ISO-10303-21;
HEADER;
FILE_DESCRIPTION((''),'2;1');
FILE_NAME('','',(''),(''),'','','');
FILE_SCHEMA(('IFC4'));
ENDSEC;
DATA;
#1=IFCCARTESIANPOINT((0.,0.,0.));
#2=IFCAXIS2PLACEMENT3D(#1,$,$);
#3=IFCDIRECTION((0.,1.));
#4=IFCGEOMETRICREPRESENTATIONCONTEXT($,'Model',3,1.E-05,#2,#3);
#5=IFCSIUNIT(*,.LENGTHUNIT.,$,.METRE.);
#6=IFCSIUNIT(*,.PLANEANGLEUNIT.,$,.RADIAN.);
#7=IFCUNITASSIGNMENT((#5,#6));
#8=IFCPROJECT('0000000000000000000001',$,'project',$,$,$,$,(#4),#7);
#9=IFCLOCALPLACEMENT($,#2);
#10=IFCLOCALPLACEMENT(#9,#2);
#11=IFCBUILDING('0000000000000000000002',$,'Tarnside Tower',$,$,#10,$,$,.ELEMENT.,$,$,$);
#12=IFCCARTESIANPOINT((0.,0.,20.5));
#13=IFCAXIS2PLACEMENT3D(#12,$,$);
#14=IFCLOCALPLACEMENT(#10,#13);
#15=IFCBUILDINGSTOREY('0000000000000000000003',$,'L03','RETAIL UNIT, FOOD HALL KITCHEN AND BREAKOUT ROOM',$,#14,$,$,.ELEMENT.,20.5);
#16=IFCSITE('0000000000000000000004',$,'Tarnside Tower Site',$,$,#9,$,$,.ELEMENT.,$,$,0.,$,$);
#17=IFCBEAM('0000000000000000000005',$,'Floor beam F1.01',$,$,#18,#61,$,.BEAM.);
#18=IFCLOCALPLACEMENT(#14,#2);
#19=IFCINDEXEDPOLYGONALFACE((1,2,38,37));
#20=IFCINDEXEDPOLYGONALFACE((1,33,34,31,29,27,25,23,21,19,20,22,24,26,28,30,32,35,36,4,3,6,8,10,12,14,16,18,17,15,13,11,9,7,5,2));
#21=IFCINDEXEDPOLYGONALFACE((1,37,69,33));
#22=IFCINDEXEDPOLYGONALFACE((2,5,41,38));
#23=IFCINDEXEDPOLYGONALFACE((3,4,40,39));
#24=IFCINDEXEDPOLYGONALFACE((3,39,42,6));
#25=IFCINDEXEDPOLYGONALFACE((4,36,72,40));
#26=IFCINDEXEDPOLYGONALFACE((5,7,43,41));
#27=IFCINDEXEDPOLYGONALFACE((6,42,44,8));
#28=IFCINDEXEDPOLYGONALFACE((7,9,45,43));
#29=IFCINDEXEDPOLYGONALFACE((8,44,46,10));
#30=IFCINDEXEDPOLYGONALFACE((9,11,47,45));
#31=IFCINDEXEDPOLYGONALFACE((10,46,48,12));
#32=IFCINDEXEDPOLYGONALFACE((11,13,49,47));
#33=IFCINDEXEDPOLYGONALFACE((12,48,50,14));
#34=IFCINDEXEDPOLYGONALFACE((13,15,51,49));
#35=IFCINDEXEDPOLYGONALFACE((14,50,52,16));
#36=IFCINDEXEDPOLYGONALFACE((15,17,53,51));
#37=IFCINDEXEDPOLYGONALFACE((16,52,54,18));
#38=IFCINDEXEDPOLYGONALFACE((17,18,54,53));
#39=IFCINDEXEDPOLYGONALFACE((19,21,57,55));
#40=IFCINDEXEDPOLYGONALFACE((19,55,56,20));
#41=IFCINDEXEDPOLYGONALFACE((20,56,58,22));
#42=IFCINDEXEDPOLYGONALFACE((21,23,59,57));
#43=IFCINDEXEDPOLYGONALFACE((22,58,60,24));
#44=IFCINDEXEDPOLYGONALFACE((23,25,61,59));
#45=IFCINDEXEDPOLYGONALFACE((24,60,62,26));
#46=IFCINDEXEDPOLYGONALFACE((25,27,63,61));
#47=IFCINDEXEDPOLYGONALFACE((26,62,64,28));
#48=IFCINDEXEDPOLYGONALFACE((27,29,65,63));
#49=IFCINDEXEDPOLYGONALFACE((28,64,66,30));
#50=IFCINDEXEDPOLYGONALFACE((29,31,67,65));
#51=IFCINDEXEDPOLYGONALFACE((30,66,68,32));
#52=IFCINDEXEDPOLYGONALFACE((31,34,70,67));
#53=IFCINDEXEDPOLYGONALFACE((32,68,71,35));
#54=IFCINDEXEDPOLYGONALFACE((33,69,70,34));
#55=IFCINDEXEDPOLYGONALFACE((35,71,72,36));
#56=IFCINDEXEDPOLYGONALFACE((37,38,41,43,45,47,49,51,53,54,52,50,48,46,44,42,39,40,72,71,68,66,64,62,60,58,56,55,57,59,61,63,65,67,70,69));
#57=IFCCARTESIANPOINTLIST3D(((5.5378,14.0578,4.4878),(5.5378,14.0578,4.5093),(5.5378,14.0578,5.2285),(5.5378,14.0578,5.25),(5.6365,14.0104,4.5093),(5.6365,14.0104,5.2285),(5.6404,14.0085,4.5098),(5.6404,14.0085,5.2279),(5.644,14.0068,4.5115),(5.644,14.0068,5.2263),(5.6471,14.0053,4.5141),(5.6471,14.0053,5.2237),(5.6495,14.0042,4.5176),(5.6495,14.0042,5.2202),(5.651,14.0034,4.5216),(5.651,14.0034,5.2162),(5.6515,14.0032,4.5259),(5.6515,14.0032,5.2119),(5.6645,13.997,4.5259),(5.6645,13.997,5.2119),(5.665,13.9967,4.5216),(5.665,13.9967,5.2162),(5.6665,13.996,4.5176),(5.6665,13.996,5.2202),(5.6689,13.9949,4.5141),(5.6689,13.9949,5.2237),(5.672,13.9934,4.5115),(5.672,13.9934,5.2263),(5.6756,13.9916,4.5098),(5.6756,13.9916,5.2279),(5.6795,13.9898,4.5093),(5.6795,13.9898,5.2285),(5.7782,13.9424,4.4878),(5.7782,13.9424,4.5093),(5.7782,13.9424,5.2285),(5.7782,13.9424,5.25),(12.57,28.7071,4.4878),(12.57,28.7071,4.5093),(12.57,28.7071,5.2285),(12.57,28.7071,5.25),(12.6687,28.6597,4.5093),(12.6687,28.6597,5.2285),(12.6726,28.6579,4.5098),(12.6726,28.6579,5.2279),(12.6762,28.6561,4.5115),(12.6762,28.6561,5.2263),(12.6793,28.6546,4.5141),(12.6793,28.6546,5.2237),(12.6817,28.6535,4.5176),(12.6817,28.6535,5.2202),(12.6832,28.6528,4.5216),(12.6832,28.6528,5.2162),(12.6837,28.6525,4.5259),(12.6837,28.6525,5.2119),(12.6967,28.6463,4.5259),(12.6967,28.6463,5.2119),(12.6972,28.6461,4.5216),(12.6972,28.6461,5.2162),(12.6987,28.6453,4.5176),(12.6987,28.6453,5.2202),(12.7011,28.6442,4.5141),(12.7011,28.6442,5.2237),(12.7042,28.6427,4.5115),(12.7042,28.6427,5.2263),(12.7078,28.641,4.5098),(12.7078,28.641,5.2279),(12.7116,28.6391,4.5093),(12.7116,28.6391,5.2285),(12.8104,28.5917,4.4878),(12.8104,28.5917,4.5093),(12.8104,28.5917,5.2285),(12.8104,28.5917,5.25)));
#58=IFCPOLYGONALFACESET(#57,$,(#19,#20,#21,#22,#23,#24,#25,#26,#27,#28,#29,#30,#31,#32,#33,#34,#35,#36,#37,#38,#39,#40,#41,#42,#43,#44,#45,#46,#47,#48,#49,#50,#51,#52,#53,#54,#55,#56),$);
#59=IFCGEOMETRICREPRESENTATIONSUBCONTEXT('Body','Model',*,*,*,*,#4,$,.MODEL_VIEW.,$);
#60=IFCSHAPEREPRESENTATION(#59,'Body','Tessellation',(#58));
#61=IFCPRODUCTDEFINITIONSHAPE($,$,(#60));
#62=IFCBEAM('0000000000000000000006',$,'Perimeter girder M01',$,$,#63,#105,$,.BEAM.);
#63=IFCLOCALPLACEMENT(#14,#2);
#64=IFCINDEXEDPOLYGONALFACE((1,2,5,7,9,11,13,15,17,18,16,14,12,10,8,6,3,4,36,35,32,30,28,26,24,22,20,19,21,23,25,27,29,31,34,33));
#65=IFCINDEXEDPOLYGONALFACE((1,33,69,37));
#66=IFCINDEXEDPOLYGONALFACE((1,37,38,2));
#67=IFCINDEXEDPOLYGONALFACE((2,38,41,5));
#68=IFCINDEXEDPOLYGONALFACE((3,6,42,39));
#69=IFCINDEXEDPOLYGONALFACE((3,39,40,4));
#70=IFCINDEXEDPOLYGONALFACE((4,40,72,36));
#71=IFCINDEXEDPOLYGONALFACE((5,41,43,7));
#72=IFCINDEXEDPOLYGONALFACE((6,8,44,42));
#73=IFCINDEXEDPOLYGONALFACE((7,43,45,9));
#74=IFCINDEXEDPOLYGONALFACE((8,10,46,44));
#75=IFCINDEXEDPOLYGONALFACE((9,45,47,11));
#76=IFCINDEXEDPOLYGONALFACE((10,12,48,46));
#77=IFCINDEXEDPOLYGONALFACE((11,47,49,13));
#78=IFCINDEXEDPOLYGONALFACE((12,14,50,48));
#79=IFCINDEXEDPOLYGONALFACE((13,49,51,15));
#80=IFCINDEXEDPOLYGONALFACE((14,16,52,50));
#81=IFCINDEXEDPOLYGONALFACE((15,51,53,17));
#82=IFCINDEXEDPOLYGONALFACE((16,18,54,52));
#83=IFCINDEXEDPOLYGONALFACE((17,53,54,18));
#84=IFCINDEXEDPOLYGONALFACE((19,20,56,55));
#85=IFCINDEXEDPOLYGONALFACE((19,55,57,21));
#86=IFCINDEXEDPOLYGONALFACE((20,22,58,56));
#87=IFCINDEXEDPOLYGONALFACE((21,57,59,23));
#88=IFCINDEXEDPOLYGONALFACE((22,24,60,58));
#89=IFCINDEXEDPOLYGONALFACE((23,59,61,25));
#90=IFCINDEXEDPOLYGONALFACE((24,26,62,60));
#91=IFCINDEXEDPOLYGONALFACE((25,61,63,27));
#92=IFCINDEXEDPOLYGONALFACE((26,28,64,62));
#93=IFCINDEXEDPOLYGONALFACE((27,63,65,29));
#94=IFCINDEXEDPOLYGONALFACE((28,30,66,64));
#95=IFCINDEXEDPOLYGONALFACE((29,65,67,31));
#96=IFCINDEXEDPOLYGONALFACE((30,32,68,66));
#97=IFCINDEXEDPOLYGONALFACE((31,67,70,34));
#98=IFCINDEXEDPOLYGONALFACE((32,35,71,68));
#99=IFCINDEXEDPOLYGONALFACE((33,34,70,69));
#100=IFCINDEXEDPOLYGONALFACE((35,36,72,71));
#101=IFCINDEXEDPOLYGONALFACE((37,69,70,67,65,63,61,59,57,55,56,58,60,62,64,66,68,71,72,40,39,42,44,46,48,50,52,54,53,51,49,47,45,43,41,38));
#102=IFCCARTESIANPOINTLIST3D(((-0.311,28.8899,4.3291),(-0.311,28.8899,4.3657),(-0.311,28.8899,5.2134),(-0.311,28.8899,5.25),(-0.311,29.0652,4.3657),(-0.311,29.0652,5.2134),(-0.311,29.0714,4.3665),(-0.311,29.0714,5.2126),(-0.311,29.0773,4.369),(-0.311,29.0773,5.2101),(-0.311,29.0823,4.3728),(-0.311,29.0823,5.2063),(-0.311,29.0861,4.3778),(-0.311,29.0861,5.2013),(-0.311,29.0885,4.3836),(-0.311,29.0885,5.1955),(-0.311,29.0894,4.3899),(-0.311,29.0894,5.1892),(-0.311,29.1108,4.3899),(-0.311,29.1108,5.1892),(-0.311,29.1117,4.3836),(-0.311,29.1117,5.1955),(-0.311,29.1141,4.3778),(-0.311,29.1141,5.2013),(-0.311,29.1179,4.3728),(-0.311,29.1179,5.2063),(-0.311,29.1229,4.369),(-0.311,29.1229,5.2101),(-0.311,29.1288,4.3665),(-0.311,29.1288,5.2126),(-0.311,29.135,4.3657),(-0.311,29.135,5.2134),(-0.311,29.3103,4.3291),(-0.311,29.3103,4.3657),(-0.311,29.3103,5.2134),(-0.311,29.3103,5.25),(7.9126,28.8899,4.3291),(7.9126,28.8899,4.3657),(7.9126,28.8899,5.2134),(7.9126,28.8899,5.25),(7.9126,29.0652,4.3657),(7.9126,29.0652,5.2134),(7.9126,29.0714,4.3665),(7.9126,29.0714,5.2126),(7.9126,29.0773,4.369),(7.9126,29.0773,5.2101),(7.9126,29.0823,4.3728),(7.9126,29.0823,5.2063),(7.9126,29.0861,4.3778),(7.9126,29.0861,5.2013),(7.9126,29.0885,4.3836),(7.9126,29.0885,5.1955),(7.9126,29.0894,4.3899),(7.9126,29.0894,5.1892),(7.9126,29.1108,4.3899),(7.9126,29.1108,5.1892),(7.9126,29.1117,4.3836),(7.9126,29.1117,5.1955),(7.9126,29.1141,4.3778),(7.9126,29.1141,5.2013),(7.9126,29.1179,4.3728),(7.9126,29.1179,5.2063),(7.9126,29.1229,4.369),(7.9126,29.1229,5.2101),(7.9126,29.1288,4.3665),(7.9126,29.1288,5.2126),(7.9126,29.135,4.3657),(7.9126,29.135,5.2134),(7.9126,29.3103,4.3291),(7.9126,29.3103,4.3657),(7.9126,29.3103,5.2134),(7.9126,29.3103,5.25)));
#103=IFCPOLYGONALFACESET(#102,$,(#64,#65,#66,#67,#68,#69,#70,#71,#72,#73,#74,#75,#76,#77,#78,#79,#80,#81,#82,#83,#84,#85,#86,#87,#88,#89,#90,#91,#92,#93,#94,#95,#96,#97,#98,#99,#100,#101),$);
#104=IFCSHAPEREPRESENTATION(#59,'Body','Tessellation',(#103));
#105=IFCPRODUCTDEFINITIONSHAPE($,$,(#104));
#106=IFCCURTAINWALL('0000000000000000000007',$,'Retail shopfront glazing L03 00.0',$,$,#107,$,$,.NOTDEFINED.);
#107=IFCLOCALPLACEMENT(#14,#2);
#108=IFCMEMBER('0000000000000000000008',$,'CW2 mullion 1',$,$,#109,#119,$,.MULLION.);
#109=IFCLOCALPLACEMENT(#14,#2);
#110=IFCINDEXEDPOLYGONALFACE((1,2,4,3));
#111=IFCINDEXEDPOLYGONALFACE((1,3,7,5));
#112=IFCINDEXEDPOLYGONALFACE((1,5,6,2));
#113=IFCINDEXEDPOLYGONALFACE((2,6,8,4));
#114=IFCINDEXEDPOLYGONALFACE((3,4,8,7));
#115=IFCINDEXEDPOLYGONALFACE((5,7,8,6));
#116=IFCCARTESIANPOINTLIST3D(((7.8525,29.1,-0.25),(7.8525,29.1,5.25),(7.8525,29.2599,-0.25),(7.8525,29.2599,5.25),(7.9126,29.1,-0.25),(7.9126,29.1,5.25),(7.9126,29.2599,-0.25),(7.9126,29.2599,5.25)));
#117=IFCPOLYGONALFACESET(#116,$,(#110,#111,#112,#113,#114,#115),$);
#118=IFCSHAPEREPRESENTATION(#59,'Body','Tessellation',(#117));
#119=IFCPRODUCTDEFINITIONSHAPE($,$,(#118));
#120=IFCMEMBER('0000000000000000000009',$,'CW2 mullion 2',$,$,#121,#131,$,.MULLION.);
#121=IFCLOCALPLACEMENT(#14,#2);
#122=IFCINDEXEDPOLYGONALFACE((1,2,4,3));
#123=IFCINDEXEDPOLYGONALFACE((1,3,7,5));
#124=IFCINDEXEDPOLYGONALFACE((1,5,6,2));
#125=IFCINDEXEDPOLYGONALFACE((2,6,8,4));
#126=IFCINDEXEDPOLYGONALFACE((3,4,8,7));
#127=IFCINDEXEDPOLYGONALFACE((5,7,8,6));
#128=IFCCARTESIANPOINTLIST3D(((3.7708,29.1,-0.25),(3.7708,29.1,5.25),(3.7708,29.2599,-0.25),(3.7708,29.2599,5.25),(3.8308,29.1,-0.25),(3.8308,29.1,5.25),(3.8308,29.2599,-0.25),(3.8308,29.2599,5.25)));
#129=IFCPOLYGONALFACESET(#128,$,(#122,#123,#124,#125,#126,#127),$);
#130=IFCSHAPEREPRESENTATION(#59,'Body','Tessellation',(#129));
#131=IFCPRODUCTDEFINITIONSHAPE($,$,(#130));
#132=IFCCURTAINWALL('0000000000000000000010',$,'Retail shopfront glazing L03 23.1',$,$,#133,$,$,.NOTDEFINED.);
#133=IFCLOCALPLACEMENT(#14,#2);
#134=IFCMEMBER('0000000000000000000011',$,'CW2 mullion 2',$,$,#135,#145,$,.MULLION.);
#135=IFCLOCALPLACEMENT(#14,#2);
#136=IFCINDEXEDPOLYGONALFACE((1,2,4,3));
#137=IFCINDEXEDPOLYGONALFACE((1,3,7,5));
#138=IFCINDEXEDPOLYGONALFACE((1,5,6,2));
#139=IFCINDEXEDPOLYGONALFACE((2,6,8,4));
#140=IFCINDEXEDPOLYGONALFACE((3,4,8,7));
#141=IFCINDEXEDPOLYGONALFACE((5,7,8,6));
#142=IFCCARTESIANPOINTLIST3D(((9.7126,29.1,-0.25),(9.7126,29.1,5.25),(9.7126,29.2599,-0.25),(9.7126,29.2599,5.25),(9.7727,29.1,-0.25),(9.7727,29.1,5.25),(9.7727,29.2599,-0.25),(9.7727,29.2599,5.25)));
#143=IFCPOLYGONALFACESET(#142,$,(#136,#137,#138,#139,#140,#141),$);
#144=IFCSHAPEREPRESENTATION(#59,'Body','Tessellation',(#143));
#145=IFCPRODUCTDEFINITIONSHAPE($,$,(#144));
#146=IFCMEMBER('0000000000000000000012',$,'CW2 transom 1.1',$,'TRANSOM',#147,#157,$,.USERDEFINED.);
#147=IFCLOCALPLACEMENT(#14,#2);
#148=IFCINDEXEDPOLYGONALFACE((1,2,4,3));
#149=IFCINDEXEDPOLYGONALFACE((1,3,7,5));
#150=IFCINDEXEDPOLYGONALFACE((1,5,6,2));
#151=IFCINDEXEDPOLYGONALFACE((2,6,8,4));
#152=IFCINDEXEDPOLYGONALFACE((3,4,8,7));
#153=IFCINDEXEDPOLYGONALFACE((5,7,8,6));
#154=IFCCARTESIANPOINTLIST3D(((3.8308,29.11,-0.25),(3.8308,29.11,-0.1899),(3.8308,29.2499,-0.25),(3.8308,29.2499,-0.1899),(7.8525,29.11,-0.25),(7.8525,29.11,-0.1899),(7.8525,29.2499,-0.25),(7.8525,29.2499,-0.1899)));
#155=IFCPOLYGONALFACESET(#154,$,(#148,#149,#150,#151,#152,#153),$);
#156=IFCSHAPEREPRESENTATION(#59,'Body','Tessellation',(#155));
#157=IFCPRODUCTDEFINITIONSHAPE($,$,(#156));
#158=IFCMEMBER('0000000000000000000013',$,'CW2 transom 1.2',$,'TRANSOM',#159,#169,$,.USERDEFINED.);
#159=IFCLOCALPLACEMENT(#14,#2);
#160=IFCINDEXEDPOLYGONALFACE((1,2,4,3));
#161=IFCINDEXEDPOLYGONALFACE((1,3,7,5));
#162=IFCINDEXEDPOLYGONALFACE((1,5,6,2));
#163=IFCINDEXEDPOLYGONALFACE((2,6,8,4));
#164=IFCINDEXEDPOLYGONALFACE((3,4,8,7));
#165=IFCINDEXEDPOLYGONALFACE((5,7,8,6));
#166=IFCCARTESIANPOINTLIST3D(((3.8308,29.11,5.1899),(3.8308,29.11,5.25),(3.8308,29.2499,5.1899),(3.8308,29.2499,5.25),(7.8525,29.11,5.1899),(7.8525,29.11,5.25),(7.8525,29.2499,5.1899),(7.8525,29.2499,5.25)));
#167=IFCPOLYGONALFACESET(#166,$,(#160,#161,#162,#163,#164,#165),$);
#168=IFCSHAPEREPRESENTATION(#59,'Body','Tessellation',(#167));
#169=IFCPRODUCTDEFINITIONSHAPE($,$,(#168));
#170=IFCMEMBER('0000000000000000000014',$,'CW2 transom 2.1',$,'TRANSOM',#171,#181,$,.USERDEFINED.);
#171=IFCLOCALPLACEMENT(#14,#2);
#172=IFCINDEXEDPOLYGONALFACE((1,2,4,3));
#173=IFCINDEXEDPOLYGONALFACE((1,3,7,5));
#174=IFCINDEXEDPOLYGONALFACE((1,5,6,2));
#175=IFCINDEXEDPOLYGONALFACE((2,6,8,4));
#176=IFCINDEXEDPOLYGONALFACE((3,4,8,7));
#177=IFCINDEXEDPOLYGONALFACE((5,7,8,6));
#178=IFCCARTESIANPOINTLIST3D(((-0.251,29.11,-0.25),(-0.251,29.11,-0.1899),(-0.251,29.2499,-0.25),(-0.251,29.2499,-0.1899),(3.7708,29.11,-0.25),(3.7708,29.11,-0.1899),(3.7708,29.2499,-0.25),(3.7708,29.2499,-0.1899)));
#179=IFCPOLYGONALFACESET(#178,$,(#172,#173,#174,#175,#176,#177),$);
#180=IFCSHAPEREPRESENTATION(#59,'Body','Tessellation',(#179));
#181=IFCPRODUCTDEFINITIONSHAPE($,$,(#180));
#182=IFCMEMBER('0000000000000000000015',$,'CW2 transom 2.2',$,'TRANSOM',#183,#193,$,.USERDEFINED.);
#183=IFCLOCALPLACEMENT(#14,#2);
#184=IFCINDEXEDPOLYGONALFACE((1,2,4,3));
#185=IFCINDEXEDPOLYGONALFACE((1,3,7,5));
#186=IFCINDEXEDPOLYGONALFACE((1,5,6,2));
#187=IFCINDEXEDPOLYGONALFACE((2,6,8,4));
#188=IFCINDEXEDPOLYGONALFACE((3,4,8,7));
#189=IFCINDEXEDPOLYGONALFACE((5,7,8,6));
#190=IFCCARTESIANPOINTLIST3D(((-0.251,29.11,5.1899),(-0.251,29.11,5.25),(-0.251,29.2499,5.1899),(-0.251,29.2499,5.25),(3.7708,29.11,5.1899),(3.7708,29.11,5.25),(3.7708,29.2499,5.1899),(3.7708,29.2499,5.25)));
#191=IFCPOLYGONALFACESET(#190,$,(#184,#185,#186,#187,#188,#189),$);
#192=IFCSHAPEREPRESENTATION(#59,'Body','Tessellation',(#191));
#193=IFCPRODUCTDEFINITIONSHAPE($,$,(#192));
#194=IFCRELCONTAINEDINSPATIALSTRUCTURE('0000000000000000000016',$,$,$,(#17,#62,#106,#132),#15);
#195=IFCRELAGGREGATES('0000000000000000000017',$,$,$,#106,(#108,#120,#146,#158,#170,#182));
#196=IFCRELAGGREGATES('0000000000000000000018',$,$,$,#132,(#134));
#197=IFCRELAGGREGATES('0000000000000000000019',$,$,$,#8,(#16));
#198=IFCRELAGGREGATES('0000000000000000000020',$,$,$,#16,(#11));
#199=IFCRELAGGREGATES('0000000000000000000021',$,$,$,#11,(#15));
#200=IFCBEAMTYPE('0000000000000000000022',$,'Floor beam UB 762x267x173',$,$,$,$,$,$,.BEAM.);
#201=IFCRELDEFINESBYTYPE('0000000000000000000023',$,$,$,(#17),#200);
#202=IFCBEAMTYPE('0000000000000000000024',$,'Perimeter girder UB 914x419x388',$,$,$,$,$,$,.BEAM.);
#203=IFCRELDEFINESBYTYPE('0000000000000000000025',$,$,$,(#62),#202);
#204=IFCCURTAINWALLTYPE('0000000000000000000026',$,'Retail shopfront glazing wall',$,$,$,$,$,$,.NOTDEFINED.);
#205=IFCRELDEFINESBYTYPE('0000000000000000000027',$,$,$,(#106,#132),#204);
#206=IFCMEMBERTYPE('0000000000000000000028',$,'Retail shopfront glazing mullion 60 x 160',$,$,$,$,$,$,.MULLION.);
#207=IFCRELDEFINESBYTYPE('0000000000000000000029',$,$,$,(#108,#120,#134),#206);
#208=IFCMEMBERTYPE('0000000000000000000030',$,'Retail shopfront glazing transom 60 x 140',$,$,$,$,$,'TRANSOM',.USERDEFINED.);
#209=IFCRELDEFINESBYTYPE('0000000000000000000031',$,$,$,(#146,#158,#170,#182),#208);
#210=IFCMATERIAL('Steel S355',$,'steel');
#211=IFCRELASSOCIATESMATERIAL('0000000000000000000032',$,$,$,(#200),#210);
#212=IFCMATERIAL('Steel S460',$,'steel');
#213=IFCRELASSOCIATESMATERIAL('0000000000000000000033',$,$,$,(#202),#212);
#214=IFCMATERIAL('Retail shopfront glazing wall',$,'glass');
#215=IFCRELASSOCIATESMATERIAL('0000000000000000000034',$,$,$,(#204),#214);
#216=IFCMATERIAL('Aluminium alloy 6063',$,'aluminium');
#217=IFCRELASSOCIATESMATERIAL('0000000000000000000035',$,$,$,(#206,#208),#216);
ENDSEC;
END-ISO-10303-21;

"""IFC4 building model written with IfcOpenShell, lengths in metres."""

from ifc_helpers import new_model, si_unit, direction, frame, origin, origin_2d, place, context, subcontext, project, spatial, rectangle, i_section, extrude, material, material_profile, profile_set, type_object, element, aggregate, save


model = new_model("IFC4")

# Units and contexts
model_context = context("Model", 3, precision=1e-05, world=origin(), true_north=direction((0.0, 1.0)))
body_context = subcontext(model_context, "Body", "Model", "MODEL_VIEW")
ifc_project = project(units=[si_unit("LENGTHUNIT", "METRE"), si_unit("PLANEANGLEUNIT", "RADIAN")], contexts=[model_context])

# Site, building, storey
site_placement = place(None, origin())
site = spatial("IfcSite", under=ifc_project, at=site_placement, Name="Tarnside Tower Site", CompositionType="ELEMENT", RefElevation=0.0)
building_placement = place(site_placement, origin())
building = spatial("IfcBuilding", under=site, at=building_placement, Name="Tarnside Tower", CompositionType="ELEMENT")
storey_placement = place(building_placement, frame((0.0, 0.0, 20.5)))
storey = spatial("IfcBuildingStorey", under=building, at=storey_placement, Name="L03", Description="RETAIL UNIT, FOOD HALL KITCHEN AND BREAKOUT ROOM", CompositionType="ELEMENT", Elevation=20.5)

# Beams
ifc_material_1 = material(Name="Steel S355", Category="steel")
ifc_material_profile_1 = material_profile(ifc_material_1, i_section(OverallWidth=0.2666, OverallDepth=0.7622, WebThickness=0.0144, FlangeThickness=0.0215, FilletRadius=0.0166, at=origin_2d()), Name="UB 762x267x173")
ifc_profile_set_1 = profile_set([ifc_material_profile_1], Name="Steel S355")
beam_type_1 = type_object("IfcBeamType", Name="Floor beam UB 762x267x173", PredefinedType="BEAM", material=ifc_profile_set_1)
beam_1_placement = place(storey_placement, frame((12.6902, 28.6494, 4.8689), z_axis=(-0.432756, -0.901511, 0.0), x_axis=(0.901511, -0.432756, 0.0)))
element("IfcBeam", 1, at=beam_1_placement, inside=storey, type_object=beam_type_1, Name="Floor beam F1.01", PredefinedType="BEAM", context=body_context, shape_type="SweptSolid", body=[
    extrude(i_section(OverallWidth=0.2666, OverallDepth=0.7622, WebThickness=0.0144, FlangeThickness=0.0215, FilletRadius=0.0166, at=origin_2d()), origin(), (0.0, 0.0, 1.0), 16.2498),
])
ifc_material_2 = material(Name="Steel S460", Category="steel")
ifc_material_profile_2 = material_profile(ifc_material_2, i_section(OverallWidth=0.4204, OverallDepth=0.9209, WebThickness=0.0215, FlangeThickness=0.0366, FilletRadius=0.0242, at=origin_2d()), Name="UB 914x419x388")
ifc_profile_set_2 = profile_set([ifc_material_profile_2], Name="Steel S460")
beam_type_2 = type_object("IfcBeamType", Name="Perimeter girder UB 914x419x388", PredefinedType="BEAM", material=ifc_profile_set_2)
beam_2_placement = place(storey_placement, frame((7.9126, 29.1001, 4.7896), z_axis=(-1.0, 0.0, 0.0), x_axis=(0.0, -1.0, 0.0)))
element("IfcBeam", 2, at=beam_2_placement, inside=storey, type_object=beam_type_2, Name="Perimeter girder M01", PredefinedType="BEAM", context=body_context, shape_type="SweptSolid", body=[
    extrude(i_section(OverallWidth=0.4204, OverallDepth=0.9209, WebThickness=0.0215, FlangeThickness=0.0366, FilletRadius=0.0242, at=origin_2d()), origin(), (0.0, 0.0, 1.0), 8.2236),
])

# Curtain wall, members
ifc_material_3 = material(Name="Retail shopfront glazing wall", Category="glass")
curtain_wall_type = type_object("IfcCurtainWallType", Name="Retail shopfront glazing wall", PredefinedType="NOTDEFINED", material=ifc_material_3)
curtain_wall_1_placement = place(storey_placement, origin())
curtain_wall_1 = element("IfcCurtainWall", 3, at=curtain_wall_1_placement, inside=storey, type_object=curtain_wall_type, Name="Retail shopfront glazing L03 00.0", PredefinedType="NOTDEFINED")
ifc_material_4 = material(Name="Aluminium alloy 6063", Category="aluminium")
ifc_material_profile_3 = material_profile(ifc_material_4, rectangle(XDim=0.1599, YDim=0.0601, at=origin_2d()), Name="Retail shopfront glazing mullion 60 x 160")
ifc_profile_set_3 = profile_set([ifc_material_profile_3], Name="Aluminium alloy 6063")
member_type_1 = type_object("IfcMemberType", Name="Retail shopfront glazing mullion 60 x 160", PredefinedType="MULLION", material=ifc_profile_set_3)
member_1_placement = place(storey_placement, frame((7.8826, 29.1799, -0.25), z_axis=(0.0, 0.0, 1.0), x_axis=(0.0, -1.0, 0.0)))
member_1 = element("IfcMember", 4, at=member_1_placement, type_object=member_type_1, Name="CW2 mullion 1", PredefinedType="MULLION", context=body_context, shape_type="SweptSolid", body=[
    extrude(rectangle(XDim=0.1599, YDim=0.0601, at=origin_2d()), origin(), (0.0, 0.0, 1.0), 5.5),
])
member_2_placement = place(storey_placement, frame((3.8008, 29.1799, -0.25), z_axis=(0.0, 0.0, 1.0), x_axis=(0.0, -1.0, 0.0)))
member_2 = element("IfcMember", 5, at=member_2_placement, type_object=member_type_1, Name="CW2 mullion 2", PredefinedType="MULLION", context=body_context, shape_type="SweptSolid", body=[
    extrude(rectangle(XDim=0.1599, YDim=0.0601, at=origin_2d()), origin(), (0.0, 0.0, 1.0), 5.5),
])

# Curtain wall, member
curtain_wall_2_placement = place(storey_placement, origin())
curtain_wall_2 = element("IfcCurtainWall", 6, at=curtain_wall_2_placement, inside=storey, type_object=curtain_wall_type, Name="Retail shopfront glazing L03 23.1", PredefinedType="NOTDEFINED")
member_3_placement = place(storey_placement, frame((9.7427, 29.1799, -0.25), z_axis=(0.0, 0.0, 1.0), x_axis=(0.0, -1.0, 0.0)))
member_3 = element("IfcMember", 7, at=member_3_placement, type_object=member_type_1, Name="CW2 mullion 2", PredefinedType="MULLION", context=body_context, shape_type="SweptSolid", body=[
    extrude(rectangle(XDim=0.1599, YDim=0.0601, at=origin_2d()), origin(), (0.0, 0.0, 1.0), 5.5),
])

# Members
ifc_material_profile_4 = material_profile(ifc_material_4, rectangle(XDim=0.1399, YDim=0.0601, at=origin_2d()), Name="Retail shopfront glazing transom 60 x 140")
ifc_profile_set_4 = profile_set([ifc_material_profile_4], Name="Aluminium alloy 6063")
member_type_2 = type_object("IfcMemberType", Name="Retail shopfront glazing transom 60 x 140", ElementType="TRANSOM", PredefinedType="USERDEFINED", material=ifc_profile_set_4)
member_4_placement = place(storey_placement, frame((7.8525, 29.1799, -0.22), z_axis=(-1.0, 0.0, 0.0), x_axis=(0.0, -1.0, 0.0)))
member_4 = element("IfcMember", 8, at=member_4_placement, type_object=member_type_2, Name="CW2 transom 1.1", ObjectType="TRANSOM", PredefinedType="USERDEFINED", context=body_context, shape_type="SweptSolid", body=[
    extrude(rectangle(XDim=0.1399, YDim=0.0601, at=origin_2d()), origin(), (0.0, 0.0, 1.0), 4.0217),
])
member_5_placement = place(storey_placement, frame((7.8525, 29.1799, 5.22), z_axis=(-1.0, 0.0, 0.0), x_axis=(0.0, -1.0, 0.0)))
member_5 = element("IfcMember", 9, at=member_5_placement, type_object=member_type_2, Name="CW2 transom 1.2", ObjectType="TRANSOM", PredefinedType="USERDEFINED", context=body_context, shape_type="SweptSolid", body=[
    extrude(rectangle(XDim=0.1399, YDim=0.0601, at=origin_2d()), origin(), (0.0, 0.0, 1.0), 4.0217),
])
member_6_placement = place(storey_placement, frame((3.7708, 29.1799, -0.22), z_axis=(-1.0, 0.0, 0.0), x_axis=(0.0, -1.0, 0.0)))
member_6 = element("IfcMember", 10, at=member_6_placement, type_object=member_type_2, Name="CW2 transom 2.1", ObjectType="TRANSOM", PredefinedType="USERDEFINED", context=body_context, shape_type="SweptSolid", body=[
    extrude(rectangle(XDim=0.1399, YDim=0.0601, at=origin_2d()), origin(), (0.0, 0.0, 1.0), 4.0217),
])
member_7_placement = place(storey_placement, frame((3.7708, 29.1799, 5.22), z_axis=(-1.0, 0.0, 0.0), x_axis=(0.0, -1.0, 0.0)))
member_7 = element("IfcMember", 11, at=member_7_placement, type_object=member_type_2, Name="CW2 transom 2.2", ObjectType="TRANSOM", PredefinedType="USERDEFINED", context=body_context, shape_type="SweptSolid", body=[
    extrude(rectangle(XDim=0.1399, YDim=0.0601, at=origin_2d()), origin(), (0.0, 0.0, 1.0), 4.0217),
])

aggregate(curtain_wall_1, [member_1, member_2, member_4, member_5, member_6, member_7])
aggregate(curtain_wall_2, [member_3])

save(model, "model.ifc")
